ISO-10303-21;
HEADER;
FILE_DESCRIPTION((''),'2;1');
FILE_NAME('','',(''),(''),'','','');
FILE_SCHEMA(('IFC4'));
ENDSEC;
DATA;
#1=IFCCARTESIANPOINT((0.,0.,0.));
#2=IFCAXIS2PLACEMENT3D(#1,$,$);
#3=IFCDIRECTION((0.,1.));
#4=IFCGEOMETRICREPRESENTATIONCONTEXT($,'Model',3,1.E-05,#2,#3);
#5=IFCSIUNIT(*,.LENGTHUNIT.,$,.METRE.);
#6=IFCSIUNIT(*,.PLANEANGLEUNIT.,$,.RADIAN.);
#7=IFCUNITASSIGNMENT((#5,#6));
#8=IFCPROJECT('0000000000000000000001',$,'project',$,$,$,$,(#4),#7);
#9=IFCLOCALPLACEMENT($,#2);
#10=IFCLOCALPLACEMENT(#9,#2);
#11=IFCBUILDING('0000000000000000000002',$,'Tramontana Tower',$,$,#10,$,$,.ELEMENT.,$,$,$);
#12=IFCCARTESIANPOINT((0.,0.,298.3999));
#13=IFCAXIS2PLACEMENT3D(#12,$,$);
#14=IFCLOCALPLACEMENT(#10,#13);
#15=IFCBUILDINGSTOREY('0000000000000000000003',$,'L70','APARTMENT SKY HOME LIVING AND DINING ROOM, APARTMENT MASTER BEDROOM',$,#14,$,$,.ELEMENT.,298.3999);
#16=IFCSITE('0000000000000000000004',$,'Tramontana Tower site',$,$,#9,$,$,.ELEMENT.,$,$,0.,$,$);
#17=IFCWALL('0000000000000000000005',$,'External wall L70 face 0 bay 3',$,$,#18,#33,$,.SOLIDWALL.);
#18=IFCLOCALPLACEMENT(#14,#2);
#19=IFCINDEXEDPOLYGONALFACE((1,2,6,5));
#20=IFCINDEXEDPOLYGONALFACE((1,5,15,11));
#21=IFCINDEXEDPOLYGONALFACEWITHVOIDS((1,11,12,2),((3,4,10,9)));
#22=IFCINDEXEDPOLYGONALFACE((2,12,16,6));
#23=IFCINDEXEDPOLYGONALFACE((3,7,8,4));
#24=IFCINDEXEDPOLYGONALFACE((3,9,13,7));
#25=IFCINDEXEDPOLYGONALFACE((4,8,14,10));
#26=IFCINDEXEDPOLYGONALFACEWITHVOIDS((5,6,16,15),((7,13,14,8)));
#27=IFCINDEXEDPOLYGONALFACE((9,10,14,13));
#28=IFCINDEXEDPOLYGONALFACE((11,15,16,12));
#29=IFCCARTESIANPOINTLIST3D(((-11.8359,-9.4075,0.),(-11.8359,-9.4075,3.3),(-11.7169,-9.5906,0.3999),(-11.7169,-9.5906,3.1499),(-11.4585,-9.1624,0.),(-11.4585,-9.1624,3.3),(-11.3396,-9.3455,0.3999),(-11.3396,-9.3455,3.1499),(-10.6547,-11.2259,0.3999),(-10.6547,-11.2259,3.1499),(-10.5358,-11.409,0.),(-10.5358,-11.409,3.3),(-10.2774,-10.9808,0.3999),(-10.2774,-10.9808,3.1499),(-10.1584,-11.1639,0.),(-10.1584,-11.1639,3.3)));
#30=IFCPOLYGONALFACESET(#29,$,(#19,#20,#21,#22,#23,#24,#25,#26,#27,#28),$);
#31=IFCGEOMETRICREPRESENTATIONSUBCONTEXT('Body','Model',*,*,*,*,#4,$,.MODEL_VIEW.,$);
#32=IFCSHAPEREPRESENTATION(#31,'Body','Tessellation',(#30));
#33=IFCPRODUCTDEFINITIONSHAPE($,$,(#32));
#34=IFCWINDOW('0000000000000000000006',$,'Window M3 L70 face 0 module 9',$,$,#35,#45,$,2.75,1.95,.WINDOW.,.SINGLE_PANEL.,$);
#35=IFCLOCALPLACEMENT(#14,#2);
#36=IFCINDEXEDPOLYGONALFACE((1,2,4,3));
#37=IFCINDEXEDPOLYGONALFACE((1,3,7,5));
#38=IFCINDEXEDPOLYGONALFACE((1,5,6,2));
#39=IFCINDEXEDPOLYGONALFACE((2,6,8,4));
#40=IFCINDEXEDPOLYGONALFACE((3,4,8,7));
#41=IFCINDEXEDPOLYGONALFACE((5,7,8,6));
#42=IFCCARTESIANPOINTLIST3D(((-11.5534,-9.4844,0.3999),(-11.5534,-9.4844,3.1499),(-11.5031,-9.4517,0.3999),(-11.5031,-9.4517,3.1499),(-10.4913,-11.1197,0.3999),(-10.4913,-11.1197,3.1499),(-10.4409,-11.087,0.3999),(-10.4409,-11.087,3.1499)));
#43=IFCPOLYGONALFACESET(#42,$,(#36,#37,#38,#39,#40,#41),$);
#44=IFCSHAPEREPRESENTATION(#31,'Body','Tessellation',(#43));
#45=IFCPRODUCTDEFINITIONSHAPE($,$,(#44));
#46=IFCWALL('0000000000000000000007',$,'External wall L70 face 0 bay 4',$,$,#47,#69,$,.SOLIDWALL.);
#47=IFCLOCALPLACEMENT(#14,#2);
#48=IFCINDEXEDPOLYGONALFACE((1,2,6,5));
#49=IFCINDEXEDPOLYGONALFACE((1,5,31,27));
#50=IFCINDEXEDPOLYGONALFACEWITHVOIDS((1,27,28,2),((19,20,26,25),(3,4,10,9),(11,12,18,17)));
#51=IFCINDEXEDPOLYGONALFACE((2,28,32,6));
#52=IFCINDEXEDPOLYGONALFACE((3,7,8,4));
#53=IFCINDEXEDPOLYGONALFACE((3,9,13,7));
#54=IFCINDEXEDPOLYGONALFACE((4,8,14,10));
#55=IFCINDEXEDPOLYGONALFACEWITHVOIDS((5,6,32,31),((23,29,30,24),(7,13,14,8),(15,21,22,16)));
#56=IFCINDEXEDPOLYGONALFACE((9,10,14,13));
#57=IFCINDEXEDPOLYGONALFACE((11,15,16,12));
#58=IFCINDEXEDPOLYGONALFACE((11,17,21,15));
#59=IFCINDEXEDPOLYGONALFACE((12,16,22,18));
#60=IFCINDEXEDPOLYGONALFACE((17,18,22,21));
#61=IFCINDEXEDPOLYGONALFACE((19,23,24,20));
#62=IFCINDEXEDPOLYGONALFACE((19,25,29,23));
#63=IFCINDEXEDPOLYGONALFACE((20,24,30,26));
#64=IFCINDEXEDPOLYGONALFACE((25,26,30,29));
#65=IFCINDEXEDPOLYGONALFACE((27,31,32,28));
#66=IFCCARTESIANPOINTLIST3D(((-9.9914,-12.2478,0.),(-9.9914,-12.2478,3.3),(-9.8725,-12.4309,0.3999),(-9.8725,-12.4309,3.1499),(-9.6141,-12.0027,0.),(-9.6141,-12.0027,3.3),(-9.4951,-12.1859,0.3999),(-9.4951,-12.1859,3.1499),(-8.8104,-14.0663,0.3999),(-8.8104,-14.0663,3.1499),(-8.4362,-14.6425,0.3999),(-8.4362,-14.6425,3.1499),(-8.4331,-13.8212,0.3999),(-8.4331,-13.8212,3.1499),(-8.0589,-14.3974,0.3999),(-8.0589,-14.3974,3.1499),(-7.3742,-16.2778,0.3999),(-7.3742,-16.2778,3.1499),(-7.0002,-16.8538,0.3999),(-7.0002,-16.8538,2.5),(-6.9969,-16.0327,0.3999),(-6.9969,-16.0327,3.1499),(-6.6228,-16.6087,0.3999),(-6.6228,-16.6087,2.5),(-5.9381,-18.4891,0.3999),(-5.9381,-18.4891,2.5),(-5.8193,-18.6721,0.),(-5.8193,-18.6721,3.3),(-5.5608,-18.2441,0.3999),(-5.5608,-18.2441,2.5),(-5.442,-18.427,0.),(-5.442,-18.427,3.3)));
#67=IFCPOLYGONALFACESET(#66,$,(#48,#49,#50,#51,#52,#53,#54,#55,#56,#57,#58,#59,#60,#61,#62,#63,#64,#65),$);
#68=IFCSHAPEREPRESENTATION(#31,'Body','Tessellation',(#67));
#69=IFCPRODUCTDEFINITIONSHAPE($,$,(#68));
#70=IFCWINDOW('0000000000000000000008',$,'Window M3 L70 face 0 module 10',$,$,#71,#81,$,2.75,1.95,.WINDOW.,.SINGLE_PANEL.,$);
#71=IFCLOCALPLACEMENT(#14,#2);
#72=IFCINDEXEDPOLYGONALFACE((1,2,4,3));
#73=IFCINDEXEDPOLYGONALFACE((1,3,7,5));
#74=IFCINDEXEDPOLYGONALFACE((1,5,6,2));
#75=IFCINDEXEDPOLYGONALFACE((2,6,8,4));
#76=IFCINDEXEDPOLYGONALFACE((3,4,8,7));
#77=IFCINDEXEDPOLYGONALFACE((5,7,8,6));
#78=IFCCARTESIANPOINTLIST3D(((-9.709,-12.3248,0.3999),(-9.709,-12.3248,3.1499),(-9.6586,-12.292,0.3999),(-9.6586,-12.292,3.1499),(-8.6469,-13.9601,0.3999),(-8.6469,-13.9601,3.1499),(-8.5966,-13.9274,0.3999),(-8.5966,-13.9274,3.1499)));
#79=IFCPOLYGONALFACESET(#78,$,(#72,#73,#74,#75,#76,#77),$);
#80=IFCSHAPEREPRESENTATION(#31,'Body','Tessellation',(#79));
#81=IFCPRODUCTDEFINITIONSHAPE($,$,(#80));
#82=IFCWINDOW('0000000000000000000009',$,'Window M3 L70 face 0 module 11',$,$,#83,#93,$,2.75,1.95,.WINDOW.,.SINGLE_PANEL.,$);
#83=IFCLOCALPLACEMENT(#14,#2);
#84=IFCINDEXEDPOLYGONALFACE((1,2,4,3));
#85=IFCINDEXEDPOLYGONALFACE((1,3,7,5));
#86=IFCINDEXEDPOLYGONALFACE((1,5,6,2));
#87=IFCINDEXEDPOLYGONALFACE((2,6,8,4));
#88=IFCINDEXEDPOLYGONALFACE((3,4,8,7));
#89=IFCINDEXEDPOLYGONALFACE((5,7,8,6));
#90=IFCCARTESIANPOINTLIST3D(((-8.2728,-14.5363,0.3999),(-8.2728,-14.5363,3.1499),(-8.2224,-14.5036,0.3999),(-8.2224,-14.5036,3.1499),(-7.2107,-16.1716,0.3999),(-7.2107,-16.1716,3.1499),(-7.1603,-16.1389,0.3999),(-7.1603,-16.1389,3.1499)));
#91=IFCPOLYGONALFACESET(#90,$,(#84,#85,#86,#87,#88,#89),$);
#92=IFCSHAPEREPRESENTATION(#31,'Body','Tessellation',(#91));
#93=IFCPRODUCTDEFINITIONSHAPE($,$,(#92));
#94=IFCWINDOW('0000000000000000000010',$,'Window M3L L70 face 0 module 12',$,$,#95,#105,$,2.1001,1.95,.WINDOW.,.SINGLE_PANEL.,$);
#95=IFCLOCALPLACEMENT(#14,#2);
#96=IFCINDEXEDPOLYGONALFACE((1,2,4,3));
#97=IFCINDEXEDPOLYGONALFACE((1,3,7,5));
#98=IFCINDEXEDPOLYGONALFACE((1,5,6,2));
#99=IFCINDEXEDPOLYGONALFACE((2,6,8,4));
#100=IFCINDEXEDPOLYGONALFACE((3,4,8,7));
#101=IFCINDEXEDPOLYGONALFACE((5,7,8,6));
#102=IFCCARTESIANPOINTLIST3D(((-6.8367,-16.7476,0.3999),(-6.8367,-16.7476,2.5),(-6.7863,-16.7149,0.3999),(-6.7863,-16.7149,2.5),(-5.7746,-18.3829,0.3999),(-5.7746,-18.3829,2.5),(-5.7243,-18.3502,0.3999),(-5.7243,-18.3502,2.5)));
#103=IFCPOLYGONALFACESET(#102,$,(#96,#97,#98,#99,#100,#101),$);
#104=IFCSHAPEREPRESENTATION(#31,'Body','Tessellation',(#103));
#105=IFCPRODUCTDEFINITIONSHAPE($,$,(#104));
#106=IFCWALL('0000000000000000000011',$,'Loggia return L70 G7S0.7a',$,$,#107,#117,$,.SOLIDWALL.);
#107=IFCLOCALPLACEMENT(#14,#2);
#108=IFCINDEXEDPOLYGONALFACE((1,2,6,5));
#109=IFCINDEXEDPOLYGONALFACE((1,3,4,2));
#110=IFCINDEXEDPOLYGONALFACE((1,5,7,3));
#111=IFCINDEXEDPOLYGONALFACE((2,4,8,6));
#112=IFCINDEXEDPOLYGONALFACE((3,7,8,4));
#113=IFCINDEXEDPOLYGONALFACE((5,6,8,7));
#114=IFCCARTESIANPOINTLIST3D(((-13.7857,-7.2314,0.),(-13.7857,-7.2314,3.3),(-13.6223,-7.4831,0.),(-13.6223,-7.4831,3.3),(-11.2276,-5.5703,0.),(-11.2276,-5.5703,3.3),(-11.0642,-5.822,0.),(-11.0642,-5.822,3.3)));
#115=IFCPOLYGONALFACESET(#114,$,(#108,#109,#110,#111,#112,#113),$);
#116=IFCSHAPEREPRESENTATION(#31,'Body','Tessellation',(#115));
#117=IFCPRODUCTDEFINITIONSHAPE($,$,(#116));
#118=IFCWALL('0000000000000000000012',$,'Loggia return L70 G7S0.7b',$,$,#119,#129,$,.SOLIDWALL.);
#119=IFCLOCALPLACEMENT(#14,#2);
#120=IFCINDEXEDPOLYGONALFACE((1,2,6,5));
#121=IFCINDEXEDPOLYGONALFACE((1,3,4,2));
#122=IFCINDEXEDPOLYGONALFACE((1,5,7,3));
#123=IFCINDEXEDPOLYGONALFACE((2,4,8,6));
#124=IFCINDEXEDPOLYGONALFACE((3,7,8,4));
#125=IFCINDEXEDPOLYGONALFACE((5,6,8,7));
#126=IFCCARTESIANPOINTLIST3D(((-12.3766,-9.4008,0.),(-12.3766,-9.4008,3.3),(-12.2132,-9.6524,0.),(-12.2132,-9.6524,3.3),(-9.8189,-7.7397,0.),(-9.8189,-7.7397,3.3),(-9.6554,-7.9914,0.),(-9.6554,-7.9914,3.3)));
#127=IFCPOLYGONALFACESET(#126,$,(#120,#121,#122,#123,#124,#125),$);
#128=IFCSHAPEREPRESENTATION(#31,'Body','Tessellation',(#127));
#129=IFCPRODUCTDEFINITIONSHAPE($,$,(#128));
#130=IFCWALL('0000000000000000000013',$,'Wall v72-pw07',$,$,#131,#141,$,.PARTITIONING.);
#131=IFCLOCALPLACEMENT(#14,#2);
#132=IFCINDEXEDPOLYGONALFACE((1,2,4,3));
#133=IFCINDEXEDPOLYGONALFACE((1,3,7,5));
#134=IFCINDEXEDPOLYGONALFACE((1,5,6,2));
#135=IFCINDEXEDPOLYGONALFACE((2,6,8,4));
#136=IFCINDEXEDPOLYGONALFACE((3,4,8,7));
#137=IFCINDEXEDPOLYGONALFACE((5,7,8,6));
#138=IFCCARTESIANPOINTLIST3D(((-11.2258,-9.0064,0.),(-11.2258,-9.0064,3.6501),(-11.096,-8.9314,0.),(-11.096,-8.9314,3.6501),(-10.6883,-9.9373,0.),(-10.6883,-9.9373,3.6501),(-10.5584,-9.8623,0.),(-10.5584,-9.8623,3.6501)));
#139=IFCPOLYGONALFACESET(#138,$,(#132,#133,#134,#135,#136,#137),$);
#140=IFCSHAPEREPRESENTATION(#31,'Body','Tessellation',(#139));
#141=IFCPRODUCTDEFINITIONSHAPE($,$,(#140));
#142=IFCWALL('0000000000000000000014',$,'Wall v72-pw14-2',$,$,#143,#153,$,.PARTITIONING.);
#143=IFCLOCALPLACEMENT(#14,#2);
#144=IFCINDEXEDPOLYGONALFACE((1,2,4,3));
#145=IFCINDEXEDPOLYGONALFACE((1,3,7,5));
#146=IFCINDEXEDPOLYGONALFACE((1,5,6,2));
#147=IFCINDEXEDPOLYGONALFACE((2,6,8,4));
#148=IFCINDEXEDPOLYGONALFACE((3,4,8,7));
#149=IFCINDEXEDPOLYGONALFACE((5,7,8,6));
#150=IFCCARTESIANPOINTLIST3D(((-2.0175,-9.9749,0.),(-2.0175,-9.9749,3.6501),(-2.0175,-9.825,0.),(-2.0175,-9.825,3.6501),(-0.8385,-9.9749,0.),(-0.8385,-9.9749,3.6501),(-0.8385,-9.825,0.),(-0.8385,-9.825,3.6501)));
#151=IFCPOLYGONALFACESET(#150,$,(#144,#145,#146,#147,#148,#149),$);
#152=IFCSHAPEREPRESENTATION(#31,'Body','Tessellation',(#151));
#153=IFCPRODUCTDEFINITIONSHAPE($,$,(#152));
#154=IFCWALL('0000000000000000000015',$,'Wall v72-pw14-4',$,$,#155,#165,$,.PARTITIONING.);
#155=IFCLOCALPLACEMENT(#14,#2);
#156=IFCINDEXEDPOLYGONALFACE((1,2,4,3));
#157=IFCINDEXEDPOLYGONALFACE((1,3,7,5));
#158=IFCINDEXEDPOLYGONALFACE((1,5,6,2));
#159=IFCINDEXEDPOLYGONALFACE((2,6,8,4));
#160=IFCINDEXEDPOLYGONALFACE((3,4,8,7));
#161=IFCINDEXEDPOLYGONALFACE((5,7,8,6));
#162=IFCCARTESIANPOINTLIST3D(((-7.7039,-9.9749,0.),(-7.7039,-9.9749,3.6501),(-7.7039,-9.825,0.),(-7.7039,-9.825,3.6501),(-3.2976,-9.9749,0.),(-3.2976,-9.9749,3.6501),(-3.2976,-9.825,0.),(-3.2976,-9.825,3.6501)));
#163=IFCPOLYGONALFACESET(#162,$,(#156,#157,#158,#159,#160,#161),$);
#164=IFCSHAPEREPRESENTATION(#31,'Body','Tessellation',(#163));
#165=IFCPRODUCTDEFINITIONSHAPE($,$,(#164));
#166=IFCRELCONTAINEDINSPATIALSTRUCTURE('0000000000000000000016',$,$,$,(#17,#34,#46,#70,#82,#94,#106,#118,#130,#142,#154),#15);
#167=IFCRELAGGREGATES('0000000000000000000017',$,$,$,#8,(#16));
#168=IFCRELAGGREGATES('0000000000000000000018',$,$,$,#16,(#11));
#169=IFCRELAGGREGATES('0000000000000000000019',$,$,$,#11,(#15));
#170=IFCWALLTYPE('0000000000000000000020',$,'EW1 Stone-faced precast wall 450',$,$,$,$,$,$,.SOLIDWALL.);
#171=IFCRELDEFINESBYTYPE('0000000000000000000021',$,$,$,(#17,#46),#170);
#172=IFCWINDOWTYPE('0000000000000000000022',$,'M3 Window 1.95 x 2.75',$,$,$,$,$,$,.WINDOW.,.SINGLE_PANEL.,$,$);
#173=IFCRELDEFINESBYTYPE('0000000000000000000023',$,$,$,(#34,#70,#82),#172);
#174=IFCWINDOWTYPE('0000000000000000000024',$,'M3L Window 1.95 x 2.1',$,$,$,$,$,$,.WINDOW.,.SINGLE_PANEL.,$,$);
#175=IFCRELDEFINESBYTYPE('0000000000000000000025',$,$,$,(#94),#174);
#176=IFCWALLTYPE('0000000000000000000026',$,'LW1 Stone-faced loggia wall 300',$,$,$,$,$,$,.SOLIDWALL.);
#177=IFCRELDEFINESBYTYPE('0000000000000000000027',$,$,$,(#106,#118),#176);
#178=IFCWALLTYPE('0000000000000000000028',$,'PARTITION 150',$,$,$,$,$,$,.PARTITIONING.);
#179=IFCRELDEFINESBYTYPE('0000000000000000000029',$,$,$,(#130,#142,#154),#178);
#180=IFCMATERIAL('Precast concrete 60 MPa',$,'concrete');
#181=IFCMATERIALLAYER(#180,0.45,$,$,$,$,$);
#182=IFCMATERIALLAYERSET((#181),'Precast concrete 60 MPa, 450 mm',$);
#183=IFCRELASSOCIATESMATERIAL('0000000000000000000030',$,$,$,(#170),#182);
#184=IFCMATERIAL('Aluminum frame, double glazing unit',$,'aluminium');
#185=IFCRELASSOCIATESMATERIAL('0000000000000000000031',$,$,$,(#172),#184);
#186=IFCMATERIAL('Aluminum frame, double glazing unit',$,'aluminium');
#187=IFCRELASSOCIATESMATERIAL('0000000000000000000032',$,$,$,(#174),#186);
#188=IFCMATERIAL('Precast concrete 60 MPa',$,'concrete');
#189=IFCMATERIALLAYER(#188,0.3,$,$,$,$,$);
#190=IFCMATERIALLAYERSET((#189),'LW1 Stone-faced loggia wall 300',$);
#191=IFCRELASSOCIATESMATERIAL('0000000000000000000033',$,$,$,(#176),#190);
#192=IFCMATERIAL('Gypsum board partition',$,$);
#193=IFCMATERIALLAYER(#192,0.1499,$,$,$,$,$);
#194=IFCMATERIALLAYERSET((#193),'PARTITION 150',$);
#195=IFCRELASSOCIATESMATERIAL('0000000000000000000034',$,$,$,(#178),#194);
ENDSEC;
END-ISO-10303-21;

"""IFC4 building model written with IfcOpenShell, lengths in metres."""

from ifc_helpers import new_model, si_unit, direction, frame, frame_2d, origin, place, context, subcontext, project, spatial, rectangle, extrude, material, layer, layer_set, type_object, element, fill, save


model = new_model("IFC4")

# Units and contexts
model_context = context("Model", 3, precision=1e-05, world=origin(), true_north=direction((0.0, 1.0)))
body_context = subcontext(model_context, "Body", "Model", "MODEL_VIEW")
ifc_project = project(units=[si_unit("LENGTHUNIT", "METRE"), si_unit("PLANEANGLEUNIT", "RADIAN")], contexts=[model_context])

# Site, building, storey
site_placement = place(None, origin())
site = spatial("IfcSite", under=ifc_project, at=site_placement, Name="Tramontana Tower site", CompositionType="ELEMENT", RefElevation=0.0)
building_placement = place(site_placement, origin())
building = spatial("IfcBuilding", under=site, at=building_placement, Name="Tramontana Tower", CompositionType="ELEMENT")
storey_placement = place(building_placement, frame((0.0, 0.0, 298.3999)))
storey = spatial("IfcBuildingStorey", under=building, at=storey_placement, Name="L70", Description="APARTMENT SKY HOME LIVING AND DINING ROOM, APARTMENT MASTER BEDROOM", CompositionType="ELEMENT", Elevation=298.3999)

# Wall, opening, window
ifc_material_1 = material(Name="Precast concrete 60 MPa", Category="concrete")
ifc_layer_1 = layer(ifc_material_1, 0.45)
ifc_layer_set_1 = layer_set([ifc_layer_1], Name="Precast concrete 60 MPa, 450 mm")
wall_type_1 = type_object("IfcWallType", Name="EW1 Stone-faced precast wall 450", PredefinedType="SOLIDWALL", material=ifc_layer_set_1)
wall_1_placement = place(storey_placement, frame((-11.6472, -9.2849, 0.0), z_axis=(0.0, 0.0, 1.0), x_axis=(0.544722, -0.838617, 0.0)))
wall_1 = element("IfcWall", 1, at=wall_1_placement, inside=storey, type_object=wall_type_1, Name="External wall L70 face 0 bay 3", PredefinedType="SOLIDWALL", context=body_context, shape_type="SweptSolid", body=[
    extrude(rectangle(XDim=2.3867, YDim=0.45, at=frame_2d((1.1934, 0.0))), origin(), (0.0, 0.0, 1.0), 3.3),
])
opening_1_placement = place(wall_1_placement, frame((0.2183, 0.0, 0.3999)))
opening_1 = element("IfcOpeningElement", 2, at=opening_1_placement, cuts=wall_1, PredefinedType="OPENING", context=body_context, shape_type="SweptSolid", body=[
    extrude(rectangle(XDim=1.95, YDim=2.75, at=frame_2d((0.9751, 1.375))), frame((0.0, 0.2349, 0.0), z_axis=(0.0, -1.0, 0.0), x_axis=(1.0, 0.0, 0.0)), (0.0, 0.0, 1.0), 0.47),
])
ifc_material_2 = material(Name="Aluminum frame, double glazing unit", Category="aluminium")
window_type_1 = type_object("IfcWindowType", Name="M3 Window 1.95 x 2.75", PartitioningType="SINGLE_PANEL", PredefinedType="WINDOW", material=ifc_material_2)
window_1_placement = place(opening_1_placement, origin())
window_1 = element("IfcWindow", 3, at=window_1_placement, inside=storey, type_object=window_type_1, Name="Window M3 L70 face 0 module 9", OverallHeight=2.75, OverallWidth=1.95, PartitioningType="SINGLE_PANEL", PredefinedType="WINDOW", context=body_context, shape_type="SweptSolid", body=[
    extrude(rectangle(XDim=1.95, YDim=2.75, at=frame_2d((0.9751, 1.375))), frame((0.0, 0.03, 0.0), z_axis=(0.0, -1.0, 0.0), x_axis=(1.0, 0.0, 0.0)), (0.0, 0.0, 1.0), 0.0601),
])
fill(opening_1, window_1)

# Wall, openings, windows
wall_2_placement = place(storey_placement, frame((-9.8027, -12.1252, 0.0), z_axis=(0.0, 0.0, 1.0), x_axis=(0.54465, -0.838663, 0.0)))
wall_2 = element("IfcWall", 4, at=wall_2_placement, inside=storey, type_object=wall_type_1, Name="External wall L70 face 0 bay 4", PredefinedType="SOLIDWALL", context=body_context, shape_type="SweptSolid", body=[
    extrude(rectangle(XDim=7.6602, YDim=0.45, at=frame_2d((3.8301, 0.0))), origin(), (0.0, 0.0, 1.0), 3.3),
])
opening_2_placement = place(wall_2_placement, frame((0.2183, 0.0, 0.3999)))
opening_2 = element("IfcOpeningElement", 5, at=opening_2_placement, cuts=wall_2, PredefinedType="OPENING", context=body_context, shape_type="SweptSolid", body=[
    extrude(rectangle(XDim=1.95, YDim=2.75, at=frame_2d((0.9751, 1.375))), frame((0.0, 0.2349, 0.0), z_axis=(0.0, -1.0, 0.0), x_axis=(1.0, 0.0, 0.0)), (0.0, 0.0, 1.0), 0.47),
])
opening_3_placement = place(wall_2_placement, frame((2.8552, 0.0, 0.3999)))
opening_3 = element("IfcOpeningElement", 6, at=opening_3_placement, cuts=wall_2, PredefinedType="OPENING", context=body_context, shape_type="SweptSolid", body=[
    extrude(rectangle(XDim=1.95, YDim=2.75, at=frame_2d((0.9751, 1.375))), frame((0.0, 0.2349, 0.0), z_axis=(0.0, -1.0, 0.0), x_axis=(1.0, 0.0, 0.0)), (0.0, 0.0, 1.0), 0.47),
])
opening_4_placement = place(wall_2_placement, frame((5.4919, 0.0, 0.3999)))
opening_4 = element("IfcOpeningElement", 7, at=opening_4_placement, cuts=wall_2, PredefinedType="OPENING", context=body_context, shape_type="SweptSolid", body=[
    extrude(rectangle(XDim=1.95, YDim=2.1001, at=frame_2d((0.9751, 1.05))), frame((0.0, 0.2349, 0.0), z_axis=(0.0, -1.0, 0.0), x_axis=(1.0, 0.0, 0.0)), (0.0, 0.0, 1.0), 0.47),
])
window_2_placement = place(opening_2_placement, origin())
window_2 = element("IfcWindow", 8, at=window_2_placement, inside=storey, type_object=window_type_1, Name="Window M3 L70 face 0 module 10", OverallHeight=2.75, OverallWidth=1.95, PartitioningType="SINGLE_PANEL", PredefinedType="WINDOW", context=body_context, shape_type="SweptSolid", body=[
    extrude(rectangle(XDim=1.95, YDim=2.75, at=frame_2d((0.9751, 1.375))), frame((0.0, 0.03, 0.0), z_axis=(0.0, -1.0, 0.0), x_axis=(1.0, 0.0, 0.0)), (0.0, 0.0, 1.0), 0.0601),
])
fill(opening_2, window_2)
window_3_placement = place(opening_3_placement, origin())
window_3 = element("IfcWindow", 9, at=window_3_placement, inside=storey, type_object=window_type_1, Name="Window M3 L70 face 0 module 11", OverallHeight=2.75, OverallWidth=1.95, PartitioningType="SINGLE_PANEL", PredefinedType="WINDOW", context=body_context, shape_type="SweptSolid", body=[
    extrude(rectangle(XDim=1.95, YDim=2.75, at=frame_2d((0.9751, 1.375))), frame((0.0, 0.03, 0.0), z_axis=(0.0, -1.0, 0.0), x_axis=(1.0, 0.0, 0.0)), (0.0, 0.0, 1.0), 0.0601),
])
fill(opening_3, window_3)
ifc_material_3 = material(Name="Aluminum frame, double glazing unit", Category="aluminium")
window_type_2 = type_object("IfcWindowType", Name="M3L Window 1.95 x 2.1", PartitioningType="SINGLE_PANEL", PredefinedType="WINDOW", material=ifc_material_3)
window_4_placement = place(opening_4_placement, origin())
window_4 = element("IfcWindow", 10, at=window_4_placement, inside=storey, type_object=window_type_2, Name="Window M3L L70 face 0 module 12", OverallHeight=2.1001, OverallWidth=1.95, PartitioningType="SINGLE_PANEL", PredefinedType="WINDOW", context=body_context, shape_type="SweptSolid", body=[
    extrude(rectangle(XDim=1.95, YDim=2.1001, at=frame_2d((0.9751, 1.05))), frame((0.0, 0.03, 0.0), z_axis=(0.0, -1.0, 0.0), x_axis=(1.0, 0.0, 0.0)), (0.0, 0.0, 1.0), 0.0601),
])
fill(opening_4, window_4)

# Walls
ifc_material_4 = material(Name="Precast concrete 60 MPa", Category="concrete")
ifc_layer_2 = layer(ifc_material_4, 0.3)
ifc_layer_set_2 = layer_set([ifc_layer_2], Name="LW1 Stone-faced loggia wall 300")
wall_type_2 = type_object("IfcWallType", Name="LW1 Stone-faced loggia wall 300", PredefinedType="SOLIDWALL", material=ifc_layer_set_2)
wall_3_placement = place(storey_placement, frame((-13.7039, -7.3572, 0.0), z_axis=(0.0, 0.0, 1.0), x_axis=(0.838689, 0.544611, 0.0)))
element("IfcWall", 11, at=wall_3_placement, inside=storey, type_object=wall_type_2, Name="Loggia return L70 G7S0.7a", PredefinedType="SOLIDWALL", context=body_context, shape_type="SweptSolid", body=[
    extrude(rectangle(XDim=3.05, YDim=0.3, at=frame_2d((1.5249, 0.0))), origin(), (0.0, 0.0, 1.0), 3.3),
])
wall_4_placement = place(storey_placement, frame((-12.2949, -9.5266, 0.0), z_axis=(0.0, 0.0, 1.0), x_axis=(0.838665, 0.544648, 0.0)))
element("IfcWall", 12, at=wall_4_placement, inside=storey, type_object=wall_type_2, Name="Loggia return L70 G7S0.7b", PredefinedType="SOLIDWALL", context=body_context, shape_type="SweptSolid", body=[
    extrude(rectangle(XDim=3.0498, YDim=0.3, at=frame_2d((1.5249, 0.0))), origin(), (0.0, 0.0, 1.0), 3.3),
])
ifc_material_5 = material(Name="Gypsum board partition")
ifc_layer_3 = layer(ifc_material_5, 0.1499)
ifc_layer_set_3 = layer_set([ifc_layer_3], Name="PARTITION 150")
wall_type_3 = type_object("IfcWallType", Name="PARTITION 150", PredefinedType="PARTITIONING", material=ifc_layer_set_3)
wall_5_placement = place(storey_placement, frame((-10.6233, -9.8999, 0.0), z_axis=(0.0, 0.0, 1.0), x_axis=(-0.500096, 0.86597, 0.0)))
element("IfcWall", 13, at=wall_5_placement, inside=storey, type_object=wall_type_3, Name="Wall v72-pw07", PredefinedType="PARTITIONING", context=body_context, shape_type="SweptSolid", body=[
    extrude(rectangle(XDim=1.075, YDim=0.1499, at=frame_2d((0.5376, 0.0))), origin(), (0.0, 0.0, 1.0), 3.6501),
])
wall_6_placement = place(storey_placement, frame((-0.8386, -9.8999, 0.0), z_axis=(0.0, 0.0, 1.0), x_axis=(-1.0, 0.0, 0.0)))
element("IfcWall", 14, at=wall_6_placement, inside=storey, type_object=wall_type_3, Name="Wall v72-pw14-2", PredefinedType="PARTITIONING", context=body_context, shape_type="SweptSolid", body=[
    extrude(rectangle(XDim=1.179, YDim=0.1499, at=frame_2d((0.5894, 0.0))), origin(), (0.0, 0.0, 1.0), 3.6501),
])

# Wall
wall_7_placement = place(storey_placement, frame((-3.2976, -9.8999, 0.0), z_axis=(0.0, 0.0, 1.0), x_axis=(-1.0, 0.0, 0.0)))
element("IfcWall", 15, at=wall_7_placement, inside=storey, type_object=wall_type_3, Name="Wall v72-pw14-4", PredefinedType="PARTITIONING", context=body_context, shape_type="SweptSolid", body=[
    extrude(rectangle(XDim=4.4062, YDim=0.1499, at=frame_2d((2.2031, 0.0))), origin(), (0.0, 0.0, 1.0), 3.6501),
])

save(model, "model.ifc")
